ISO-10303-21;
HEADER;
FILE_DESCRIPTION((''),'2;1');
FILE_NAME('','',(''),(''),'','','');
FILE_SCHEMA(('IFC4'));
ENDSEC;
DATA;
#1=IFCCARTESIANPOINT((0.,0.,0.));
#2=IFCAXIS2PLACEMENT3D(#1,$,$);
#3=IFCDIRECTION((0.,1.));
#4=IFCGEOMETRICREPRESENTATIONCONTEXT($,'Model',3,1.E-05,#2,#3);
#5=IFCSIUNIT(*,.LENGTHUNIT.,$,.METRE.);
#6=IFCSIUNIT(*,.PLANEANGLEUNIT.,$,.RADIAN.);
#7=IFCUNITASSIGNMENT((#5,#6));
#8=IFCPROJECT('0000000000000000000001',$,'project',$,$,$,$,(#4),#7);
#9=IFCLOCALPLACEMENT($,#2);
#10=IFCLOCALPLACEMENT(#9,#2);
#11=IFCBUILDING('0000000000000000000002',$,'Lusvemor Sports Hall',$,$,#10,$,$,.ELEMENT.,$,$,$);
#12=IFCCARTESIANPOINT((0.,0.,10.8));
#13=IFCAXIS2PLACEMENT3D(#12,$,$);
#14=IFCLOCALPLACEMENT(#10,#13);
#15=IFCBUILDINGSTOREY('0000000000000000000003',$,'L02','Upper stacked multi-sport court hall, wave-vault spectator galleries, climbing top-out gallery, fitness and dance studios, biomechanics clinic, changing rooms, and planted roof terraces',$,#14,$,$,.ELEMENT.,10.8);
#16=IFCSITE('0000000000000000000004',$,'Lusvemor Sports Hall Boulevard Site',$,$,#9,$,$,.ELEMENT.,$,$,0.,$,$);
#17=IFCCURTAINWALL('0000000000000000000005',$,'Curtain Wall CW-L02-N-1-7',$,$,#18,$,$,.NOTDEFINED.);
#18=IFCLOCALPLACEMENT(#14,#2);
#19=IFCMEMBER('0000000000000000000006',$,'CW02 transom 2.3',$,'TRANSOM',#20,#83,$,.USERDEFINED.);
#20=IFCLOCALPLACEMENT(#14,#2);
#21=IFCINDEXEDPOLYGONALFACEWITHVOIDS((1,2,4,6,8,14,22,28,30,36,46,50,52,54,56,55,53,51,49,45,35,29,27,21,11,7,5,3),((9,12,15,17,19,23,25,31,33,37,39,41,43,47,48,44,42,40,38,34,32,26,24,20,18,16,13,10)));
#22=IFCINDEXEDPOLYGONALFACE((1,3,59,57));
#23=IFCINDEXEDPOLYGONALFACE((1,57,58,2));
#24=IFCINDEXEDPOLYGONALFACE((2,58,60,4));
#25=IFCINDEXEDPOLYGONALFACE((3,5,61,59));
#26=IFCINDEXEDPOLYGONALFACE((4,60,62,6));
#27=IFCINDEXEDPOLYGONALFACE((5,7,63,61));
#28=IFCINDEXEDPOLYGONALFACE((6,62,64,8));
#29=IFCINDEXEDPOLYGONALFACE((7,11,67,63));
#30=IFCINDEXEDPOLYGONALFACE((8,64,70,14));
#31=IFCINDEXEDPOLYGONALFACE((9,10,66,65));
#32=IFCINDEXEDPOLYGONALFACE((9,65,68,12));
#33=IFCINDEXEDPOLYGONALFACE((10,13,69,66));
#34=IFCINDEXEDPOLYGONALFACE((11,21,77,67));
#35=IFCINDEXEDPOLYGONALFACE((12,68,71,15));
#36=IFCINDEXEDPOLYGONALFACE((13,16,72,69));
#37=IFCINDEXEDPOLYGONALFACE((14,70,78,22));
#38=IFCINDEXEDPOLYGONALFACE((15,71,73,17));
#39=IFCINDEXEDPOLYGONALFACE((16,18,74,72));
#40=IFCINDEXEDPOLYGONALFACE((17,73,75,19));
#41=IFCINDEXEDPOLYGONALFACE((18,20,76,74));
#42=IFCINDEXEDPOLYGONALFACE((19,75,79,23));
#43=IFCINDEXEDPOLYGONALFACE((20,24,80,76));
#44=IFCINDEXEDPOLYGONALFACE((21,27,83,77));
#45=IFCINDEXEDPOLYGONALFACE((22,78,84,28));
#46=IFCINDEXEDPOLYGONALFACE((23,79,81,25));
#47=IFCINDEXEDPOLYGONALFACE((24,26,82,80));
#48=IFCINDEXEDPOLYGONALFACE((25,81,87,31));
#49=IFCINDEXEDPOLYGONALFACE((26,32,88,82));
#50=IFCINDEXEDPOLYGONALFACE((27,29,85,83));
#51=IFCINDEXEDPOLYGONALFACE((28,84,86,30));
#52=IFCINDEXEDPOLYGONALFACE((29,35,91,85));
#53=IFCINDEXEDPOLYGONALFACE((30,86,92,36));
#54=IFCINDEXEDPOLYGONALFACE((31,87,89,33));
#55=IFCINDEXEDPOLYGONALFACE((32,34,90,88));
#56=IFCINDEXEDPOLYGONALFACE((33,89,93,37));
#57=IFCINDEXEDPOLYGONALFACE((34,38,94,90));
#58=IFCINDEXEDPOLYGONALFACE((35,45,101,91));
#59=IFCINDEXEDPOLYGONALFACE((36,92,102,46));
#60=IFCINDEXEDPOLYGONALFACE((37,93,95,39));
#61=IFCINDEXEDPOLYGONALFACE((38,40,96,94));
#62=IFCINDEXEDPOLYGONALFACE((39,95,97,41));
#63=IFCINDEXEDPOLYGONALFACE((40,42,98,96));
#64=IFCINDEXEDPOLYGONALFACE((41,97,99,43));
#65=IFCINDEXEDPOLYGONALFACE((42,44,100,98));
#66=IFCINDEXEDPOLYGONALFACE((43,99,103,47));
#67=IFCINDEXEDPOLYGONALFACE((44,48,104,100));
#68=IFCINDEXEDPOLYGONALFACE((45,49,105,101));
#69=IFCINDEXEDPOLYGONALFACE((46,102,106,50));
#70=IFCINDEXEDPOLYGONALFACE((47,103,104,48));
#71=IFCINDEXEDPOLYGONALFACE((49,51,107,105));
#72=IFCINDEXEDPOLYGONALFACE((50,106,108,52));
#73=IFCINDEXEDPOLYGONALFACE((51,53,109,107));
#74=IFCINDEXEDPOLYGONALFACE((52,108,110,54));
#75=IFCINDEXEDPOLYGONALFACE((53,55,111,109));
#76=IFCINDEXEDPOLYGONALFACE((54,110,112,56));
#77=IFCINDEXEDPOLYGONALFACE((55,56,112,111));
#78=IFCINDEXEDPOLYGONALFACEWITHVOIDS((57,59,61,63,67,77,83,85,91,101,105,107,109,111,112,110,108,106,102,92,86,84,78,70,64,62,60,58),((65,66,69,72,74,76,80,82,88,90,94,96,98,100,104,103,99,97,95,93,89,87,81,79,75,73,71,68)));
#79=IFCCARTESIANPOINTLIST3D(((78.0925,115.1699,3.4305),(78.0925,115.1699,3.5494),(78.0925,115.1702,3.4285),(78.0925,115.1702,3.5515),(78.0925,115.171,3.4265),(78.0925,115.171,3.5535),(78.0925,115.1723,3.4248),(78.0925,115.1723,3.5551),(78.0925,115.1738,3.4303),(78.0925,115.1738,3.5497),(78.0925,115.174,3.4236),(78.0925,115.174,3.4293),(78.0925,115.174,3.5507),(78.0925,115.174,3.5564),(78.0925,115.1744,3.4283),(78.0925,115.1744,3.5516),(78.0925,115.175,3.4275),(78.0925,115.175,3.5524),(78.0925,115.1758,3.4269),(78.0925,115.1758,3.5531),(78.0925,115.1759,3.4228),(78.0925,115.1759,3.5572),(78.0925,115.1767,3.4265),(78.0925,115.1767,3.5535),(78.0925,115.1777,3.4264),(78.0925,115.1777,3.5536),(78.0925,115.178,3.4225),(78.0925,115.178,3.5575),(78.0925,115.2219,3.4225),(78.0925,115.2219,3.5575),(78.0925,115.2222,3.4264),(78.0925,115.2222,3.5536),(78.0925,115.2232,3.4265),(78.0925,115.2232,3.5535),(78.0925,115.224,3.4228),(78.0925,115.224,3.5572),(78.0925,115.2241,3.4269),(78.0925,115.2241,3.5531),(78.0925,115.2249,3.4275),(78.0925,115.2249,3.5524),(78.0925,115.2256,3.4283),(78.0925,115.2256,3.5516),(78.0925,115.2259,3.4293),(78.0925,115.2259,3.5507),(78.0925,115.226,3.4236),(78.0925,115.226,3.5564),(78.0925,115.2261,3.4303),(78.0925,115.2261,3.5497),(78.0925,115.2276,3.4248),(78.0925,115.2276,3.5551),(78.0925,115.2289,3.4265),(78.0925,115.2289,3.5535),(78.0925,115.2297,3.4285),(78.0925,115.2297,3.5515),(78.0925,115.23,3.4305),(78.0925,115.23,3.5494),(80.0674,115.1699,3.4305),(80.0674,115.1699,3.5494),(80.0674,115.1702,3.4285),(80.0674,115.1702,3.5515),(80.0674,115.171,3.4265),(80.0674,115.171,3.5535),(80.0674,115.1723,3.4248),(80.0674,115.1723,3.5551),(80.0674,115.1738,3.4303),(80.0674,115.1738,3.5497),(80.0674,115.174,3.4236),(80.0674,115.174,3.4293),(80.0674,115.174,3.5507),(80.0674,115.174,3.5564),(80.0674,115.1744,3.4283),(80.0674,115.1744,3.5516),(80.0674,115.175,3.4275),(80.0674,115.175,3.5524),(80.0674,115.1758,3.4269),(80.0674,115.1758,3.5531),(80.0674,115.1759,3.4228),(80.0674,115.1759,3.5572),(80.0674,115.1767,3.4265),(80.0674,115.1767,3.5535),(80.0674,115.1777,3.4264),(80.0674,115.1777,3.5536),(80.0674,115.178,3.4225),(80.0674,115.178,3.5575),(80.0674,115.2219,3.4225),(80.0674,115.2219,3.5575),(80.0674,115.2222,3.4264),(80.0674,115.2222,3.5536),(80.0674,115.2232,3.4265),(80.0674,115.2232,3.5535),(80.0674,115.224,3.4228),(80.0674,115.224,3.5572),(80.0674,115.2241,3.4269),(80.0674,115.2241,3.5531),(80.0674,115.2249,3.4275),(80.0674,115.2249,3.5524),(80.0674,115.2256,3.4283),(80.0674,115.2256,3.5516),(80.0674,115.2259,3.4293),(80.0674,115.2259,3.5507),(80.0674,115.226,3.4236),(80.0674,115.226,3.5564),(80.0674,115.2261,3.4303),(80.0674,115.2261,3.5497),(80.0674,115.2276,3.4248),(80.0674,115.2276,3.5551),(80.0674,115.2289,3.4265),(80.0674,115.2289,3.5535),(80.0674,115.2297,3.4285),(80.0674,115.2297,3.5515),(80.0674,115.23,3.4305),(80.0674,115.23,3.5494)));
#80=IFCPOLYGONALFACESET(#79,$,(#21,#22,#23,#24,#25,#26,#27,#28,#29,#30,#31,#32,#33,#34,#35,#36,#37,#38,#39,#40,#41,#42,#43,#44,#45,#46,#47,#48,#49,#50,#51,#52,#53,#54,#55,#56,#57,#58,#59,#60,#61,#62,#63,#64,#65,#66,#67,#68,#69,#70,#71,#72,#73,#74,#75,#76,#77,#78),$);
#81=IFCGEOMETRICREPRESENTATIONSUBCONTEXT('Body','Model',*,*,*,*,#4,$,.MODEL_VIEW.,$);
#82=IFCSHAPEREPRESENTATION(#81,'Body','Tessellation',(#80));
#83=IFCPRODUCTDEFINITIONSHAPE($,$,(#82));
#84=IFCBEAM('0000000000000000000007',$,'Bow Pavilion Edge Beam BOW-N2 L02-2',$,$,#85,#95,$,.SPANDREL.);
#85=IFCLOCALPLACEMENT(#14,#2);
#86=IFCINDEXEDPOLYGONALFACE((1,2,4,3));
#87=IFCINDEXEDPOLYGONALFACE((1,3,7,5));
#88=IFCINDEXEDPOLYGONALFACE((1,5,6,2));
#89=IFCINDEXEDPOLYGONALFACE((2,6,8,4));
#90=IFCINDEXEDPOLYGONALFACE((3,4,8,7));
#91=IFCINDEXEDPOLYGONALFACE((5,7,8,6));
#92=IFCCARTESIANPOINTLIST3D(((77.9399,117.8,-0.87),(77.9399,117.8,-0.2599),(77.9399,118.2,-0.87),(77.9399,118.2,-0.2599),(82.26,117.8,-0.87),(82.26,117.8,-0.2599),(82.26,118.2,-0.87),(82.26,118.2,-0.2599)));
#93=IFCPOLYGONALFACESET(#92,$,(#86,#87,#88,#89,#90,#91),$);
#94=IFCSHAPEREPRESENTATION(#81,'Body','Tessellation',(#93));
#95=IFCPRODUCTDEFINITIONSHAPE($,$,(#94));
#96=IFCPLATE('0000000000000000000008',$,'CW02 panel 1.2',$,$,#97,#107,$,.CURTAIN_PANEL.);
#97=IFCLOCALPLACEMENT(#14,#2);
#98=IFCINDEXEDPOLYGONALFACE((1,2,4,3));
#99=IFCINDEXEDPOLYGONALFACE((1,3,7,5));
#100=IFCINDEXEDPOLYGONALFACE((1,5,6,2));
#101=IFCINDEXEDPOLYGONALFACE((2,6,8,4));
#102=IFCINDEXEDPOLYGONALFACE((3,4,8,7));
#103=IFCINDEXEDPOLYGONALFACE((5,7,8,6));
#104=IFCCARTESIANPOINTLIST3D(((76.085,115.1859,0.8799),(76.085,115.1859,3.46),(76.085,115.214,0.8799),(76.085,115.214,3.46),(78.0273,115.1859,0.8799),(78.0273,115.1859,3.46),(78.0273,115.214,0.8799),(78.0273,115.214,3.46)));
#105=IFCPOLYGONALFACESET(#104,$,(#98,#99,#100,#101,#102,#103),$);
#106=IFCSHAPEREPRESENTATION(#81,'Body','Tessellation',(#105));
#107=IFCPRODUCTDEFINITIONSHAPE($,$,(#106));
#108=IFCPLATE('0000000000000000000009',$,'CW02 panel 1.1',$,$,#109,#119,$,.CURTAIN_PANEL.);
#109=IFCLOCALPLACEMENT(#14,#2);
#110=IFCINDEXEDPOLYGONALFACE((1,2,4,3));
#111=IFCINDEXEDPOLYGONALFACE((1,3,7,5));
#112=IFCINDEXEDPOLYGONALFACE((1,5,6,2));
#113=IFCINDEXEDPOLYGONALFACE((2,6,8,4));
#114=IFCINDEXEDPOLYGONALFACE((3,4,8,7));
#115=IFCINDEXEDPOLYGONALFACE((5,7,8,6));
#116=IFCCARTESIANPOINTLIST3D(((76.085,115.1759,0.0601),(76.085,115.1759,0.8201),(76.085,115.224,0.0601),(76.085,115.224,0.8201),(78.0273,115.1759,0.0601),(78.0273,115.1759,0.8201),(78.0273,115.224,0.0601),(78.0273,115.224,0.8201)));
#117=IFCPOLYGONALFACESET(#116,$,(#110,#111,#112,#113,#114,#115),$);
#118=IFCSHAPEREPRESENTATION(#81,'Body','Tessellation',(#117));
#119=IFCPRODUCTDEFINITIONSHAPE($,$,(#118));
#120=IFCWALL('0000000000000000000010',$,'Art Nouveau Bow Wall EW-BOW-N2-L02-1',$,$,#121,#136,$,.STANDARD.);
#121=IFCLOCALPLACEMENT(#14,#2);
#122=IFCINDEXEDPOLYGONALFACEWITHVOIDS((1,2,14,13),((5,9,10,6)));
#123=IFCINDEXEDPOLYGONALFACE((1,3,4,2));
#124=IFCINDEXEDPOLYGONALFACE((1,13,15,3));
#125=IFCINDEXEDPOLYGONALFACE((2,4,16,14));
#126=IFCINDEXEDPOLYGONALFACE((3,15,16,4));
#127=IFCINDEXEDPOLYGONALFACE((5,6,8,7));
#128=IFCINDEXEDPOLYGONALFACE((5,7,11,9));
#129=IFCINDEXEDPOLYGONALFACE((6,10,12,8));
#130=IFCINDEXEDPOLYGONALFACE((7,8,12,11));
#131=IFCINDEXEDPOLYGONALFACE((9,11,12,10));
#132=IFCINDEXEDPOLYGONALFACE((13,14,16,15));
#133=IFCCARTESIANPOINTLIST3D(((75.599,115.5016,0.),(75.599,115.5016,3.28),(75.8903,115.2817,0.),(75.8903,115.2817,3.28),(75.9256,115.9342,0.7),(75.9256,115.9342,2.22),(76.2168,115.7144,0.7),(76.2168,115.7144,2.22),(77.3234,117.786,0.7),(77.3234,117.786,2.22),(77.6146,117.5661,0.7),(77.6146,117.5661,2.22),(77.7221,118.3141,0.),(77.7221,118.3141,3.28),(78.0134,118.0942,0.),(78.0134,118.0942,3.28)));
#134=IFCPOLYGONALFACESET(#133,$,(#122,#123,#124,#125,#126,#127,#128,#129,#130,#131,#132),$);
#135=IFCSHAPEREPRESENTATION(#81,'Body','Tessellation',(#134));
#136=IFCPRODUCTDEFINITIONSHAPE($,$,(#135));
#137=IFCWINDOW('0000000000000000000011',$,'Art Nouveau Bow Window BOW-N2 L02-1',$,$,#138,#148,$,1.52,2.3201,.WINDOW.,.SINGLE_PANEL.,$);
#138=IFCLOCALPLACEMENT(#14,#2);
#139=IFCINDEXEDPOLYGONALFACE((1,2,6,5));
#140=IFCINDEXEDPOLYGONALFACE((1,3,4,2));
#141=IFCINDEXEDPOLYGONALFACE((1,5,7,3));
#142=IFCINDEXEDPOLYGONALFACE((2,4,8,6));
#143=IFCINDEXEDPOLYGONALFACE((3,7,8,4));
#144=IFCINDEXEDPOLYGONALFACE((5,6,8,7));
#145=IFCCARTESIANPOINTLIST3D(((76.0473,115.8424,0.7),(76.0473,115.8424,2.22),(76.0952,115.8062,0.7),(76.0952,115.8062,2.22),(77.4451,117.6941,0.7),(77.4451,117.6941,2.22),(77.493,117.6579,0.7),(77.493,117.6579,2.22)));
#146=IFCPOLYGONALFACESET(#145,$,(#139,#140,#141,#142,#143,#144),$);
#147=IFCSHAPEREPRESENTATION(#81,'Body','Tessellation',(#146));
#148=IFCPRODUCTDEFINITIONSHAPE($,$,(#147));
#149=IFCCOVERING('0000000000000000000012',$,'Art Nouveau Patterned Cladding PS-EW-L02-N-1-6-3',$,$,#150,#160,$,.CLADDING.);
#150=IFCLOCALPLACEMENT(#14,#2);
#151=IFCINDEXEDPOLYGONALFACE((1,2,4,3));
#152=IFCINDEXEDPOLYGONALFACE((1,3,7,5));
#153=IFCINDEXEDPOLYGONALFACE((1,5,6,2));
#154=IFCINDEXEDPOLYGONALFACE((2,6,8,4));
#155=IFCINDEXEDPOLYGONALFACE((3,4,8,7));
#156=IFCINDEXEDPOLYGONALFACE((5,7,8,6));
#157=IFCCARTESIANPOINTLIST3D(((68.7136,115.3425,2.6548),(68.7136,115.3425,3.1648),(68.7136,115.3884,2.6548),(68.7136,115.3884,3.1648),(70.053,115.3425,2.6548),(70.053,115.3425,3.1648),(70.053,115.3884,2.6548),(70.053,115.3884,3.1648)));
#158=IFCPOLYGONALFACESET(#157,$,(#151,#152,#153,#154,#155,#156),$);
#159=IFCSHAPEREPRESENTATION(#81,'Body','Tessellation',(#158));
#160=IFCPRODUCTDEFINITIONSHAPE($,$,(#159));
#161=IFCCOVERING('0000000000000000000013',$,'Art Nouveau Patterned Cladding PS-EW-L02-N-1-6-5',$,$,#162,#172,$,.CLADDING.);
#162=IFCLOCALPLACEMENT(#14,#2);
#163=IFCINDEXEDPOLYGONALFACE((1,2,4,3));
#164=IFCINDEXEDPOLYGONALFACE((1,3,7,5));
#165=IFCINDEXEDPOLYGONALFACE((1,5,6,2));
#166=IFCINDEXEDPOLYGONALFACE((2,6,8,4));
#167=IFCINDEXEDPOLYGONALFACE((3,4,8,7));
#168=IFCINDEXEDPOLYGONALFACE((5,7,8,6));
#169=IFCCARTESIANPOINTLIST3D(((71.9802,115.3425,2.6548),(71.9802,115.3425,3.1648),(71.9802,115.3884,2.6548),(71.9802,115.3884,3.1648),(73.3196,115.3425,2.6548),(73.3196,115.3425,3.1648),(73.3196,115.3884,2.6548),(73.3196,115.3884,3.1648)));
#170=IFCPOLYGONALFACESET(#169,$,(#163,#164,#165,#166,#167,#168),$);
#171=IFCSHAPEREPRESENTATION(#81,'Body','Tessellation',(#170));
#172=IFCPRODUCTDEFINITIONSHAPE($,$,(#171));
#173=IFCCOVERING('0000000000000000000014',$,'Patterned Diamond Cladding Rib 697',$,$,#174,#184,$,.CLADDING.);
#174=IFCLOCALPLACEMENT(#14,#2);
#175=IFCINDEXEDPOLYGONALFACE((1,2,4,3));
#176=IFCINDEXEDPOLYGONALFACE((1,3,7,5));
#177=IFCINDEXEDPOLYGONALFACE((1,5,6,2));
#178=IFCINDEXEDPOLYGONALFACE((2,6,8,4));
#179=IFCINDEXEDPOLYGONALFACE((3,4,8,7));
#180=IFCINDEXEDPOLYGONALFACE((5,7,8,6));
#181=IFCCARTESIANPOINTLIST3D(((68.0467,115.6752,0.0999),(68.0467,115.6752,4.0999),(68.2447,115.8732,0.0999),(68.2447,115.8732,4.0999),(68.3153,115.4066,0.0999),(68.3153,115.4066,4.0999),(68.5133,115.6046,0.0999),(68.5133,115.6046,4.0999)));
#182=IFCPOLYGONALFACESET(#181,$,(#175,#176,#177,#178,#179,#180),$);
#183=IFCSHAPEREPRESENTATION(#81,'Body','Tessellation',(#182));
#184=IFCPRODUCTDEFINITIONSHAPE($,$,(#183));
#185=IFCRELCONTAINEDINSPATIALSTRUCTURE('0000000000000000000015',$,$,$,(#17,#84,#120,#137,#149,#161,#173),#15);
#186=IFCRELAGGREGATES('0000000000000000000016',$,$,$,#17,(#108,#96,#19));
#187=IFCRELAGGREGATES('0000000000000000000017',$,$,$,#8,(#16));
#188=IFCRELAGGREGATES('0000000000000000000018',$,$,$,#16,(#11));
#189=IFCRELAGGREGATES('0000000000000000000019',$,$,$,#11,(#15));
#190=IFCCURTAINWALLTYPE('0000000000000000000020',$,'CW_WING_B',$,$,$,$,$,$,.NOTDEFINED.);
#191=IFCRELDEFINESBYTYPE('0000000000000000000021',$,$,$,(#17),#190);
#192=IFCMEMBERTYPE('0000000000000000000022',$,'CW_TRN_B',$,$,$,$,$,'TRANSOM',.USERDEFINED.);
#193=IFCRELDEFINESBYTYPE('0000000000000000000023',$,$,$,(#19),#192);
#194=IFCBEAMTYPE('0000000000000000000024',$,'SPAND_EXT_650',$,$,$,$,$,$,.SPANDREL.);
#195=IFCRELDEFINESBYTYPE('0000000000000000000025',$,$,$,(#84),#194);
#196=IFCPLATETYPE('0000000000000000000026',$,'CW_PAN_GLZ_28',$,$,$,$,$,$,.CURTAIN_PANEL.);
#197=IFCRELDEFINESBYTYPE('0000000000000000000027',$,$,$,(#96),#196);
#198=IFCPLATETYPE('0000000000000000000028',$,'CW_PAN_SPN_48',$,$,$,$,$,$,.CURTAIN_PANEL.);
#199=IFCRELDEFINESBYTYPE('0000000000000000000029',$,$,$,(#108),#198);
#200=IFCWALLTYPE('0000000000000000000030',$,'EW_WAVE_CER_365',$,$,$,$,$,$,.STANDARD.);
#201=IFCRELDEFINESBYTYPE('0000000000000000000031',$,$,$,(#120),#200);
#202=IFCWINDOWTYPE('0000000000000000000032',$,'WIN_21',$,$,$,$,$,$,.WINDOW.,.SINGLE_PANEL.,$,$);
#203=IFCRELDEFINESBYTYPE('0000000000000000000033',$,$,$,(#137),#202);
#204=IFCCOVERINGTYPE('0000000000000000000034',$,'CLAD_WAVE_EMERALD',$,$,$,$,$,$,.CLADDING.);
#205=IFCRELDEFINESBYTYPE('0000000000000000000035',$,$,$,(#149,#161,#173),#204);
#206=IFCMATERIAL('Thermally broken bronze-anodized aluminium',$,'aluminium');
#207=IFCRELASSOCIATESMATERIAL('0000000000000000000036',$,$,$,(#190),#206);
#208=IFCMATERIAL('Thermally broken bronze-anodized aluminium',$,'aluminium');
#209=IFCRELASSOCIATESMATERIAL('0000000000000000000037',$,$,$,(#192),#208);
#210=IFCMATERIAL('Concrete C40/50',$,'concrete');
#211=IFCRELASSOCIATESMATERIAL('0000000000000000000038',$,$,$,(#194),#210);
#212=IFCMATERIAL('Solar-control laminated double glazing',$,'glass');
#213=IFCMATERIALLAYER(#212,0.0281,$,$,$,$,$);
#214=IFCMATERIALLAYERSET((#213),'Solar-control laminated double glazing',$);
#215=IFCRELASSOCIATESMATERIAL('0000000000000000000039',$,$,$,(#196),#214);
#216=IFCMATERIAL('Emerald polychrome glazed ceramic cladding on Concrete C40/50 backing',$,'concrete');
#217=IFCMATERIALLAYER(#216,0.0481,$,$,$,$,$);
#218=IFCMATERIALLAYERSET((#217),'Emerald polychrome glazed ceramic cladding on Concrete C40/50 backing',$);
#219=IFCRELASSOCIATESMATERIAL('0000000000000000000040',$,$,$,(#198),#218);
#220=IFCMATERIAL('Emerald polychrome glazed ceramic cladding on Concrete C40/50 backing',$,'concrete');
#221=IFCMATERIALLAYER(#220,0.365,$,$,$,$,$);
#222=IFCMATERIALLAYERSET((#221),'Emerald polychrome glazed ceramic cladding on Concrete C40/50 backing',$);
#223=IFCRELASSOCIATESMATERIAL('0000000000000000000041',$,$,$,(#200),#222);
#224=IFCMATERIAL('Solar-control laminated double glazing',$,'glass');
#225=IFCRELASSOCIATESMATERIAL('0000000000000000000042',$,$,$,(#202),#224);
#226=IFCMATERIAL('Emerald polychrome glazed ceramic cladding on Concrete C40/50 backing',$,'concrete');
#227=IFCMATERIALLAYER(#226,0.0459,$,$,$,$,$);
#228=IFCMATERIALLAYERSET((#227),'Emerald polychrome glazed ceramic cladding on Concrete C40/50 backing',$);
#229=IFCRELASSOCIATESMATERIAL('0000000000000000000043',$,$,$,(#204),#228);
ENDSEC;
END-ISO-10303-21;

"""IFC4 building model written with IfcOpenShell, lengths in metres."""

from ifc_helpers import new_model, si_unit, direction, frame, frame_2d, origin, origin_2d, place, context, subcontext, project, spatial, rectangle, hollow_rectangle, extrude, material, layer, layer_set, material_profile, profile_set, type_object, element, fill, aggregate, save


model = new_model("IFC4")

# Units and contexts
model_context = context("Model", 3, precision=1e-05, world=origin(), true_north=direction((0.0, 1.0)))
body_context = subcontext(model_context, "Body", "Model", "MODEL_VIEW")
ifc_project = project(units=[si_unit("LENGTHUNIT", "METRE"), si_unit("PLANEANGLEUNIT", "RADIAN")], contexts=[model_context])

# Site, building, storey
site_placement = place(None, origin())
site = spatial("IfcSite", under=ifc_project, at=site_placement, Name="Lusvemor Sports Hall Boulevard Site", CompositionType="ELEMENT", RefElevation=0.0)
building_placement = place(site_placement, origin())
building = spatial("IfcBuilding", under=site, at=building_placement, Name="Lusvemor Sports Hall", CompositionType="ELEMENT")
storey_placement = place(building_placement, frame((0.0, 0.0, 10.8)))
storey = spatial("IfcBuildingStorey", under=building, at=storey_placement, Name="L02", Description="Upper stacked multi-sport court hall, wave-vault spectator galleries, climbing top-out gallery, fitness and dance studios, biomechanics clinic, changing rooms, and planted roof terraces", CompositionType="ELEMENT", Elevation=10.8)

# Curtain wall, member
ifc_material_1 = material(Name="Thermally broken bronze-anodized aluminium", Category="aluminium")
curtain_wall_type = type_object("IfcCurtainWallType", Name="CW_WING_B", PredefinedType="NOTDEFINED", material=ifc_material_1)
curtain_wall_placement = place(storey_placement, origin())
curtain_wall = element("IfcCurtainWall", 1, at=curtain_wall_placement, inside=storey, type_object=curtain_wall_type, Name="Curtain Wall CW-L02-N-1-7", PredefinedType="NOTDEFINED")
ifc_material_2 = material(Name="Thermally broken bronze-anodized aluminium", Category="aluminium")
ifc_material_profile_1 = material_profile(ifc_material_2, hollow_rectangle(XDim=0.0601, YDim=0.135, WallThickness=0.0039, InnerFilletRadius=0.0039, OuterFilletRadius=0.0081, at=origin_2d()), Name="CWTRN135x60x4")
ifc_profile_set_1 = profile_set([ifc_material_profile_1], Name="Thermally broken bronze-anodized aluminium")
member_type_1 = type_object("IfcMemberType", Name="CW_TRN_B", ElementType="TRANSOM", PredefinedType="USERDEFINED", material=ifc_profile_set_1)
member_1_placement = place(storey_placement, frame((78.0925, 115.2, 3.49), z_axis=(1.0, 0.0, 0.0), x_axis=(0.0, 1.0, 0.0)))
member_1 = element("IfcMember", 2, at=member_1_placement, type_object=member_type_1, Name="CW02 transom 2.3", ObjectType="TRANSOM", PredefinedType="USERDEFINED", context=body_context, shape_type="SweptSolid", body=[
    extrude(hollow_rectangle(XDim=0.0601, YDim=0.135, WallThickness=0.0039, InnerFilletRadius=0.0039, OuterFilletRadius=0.0081, at=origin_2d()), origin(), (0.0, 0.0, 1.0), 1.9749),
])

# Beam
ifc_material_3 = material(Name="Concrete C40/50", Category="concrete")
ifc_material_profile_2 = material_profile(ifc_material_3, rectangle(XDim=0.3999, YDim=0.6101, at=origin_2d()), Name="RC400x610")
ifc_profile_set_2 = profile_set([ifc_material_profile_2], Name="Concrete C40/50")
beam_type = type_object("IfcBeamType", Name="SPAND_EXT_650", PredefinedType="SPANDREL", material=ifc_profile_set_2)
beam_placement = place(storey_placement, frame((77.9399, 118.0, -0.5649), z_axis=(1.0, 0.0, 0.0), x_axis=(0.0, 1.0, 0.0)))
element("IfcBeam", 3, at=beam_placement, inside=storey, type_object=beam_type, Name="Bow Pavilion Edge Beam BOW-N2 L02-2", PredefinedType="SPANDREL", context=body_context, shape_type="SweptSolid", body=[
    extrude(rectangle(XDim=0.3999, YDim=0.6101, at=origin_2d()), origin(), (0.0, 0.0, 1.0), 4.3201),
])

# Plates
ifc_material_4 = material(Name="Solar-control laminated double glazing", Category="glass")
ifc_layer_1 = layer(ifc_material_4, 0.0281)
ifc_layer_set_1 = layer_set([ifc_layer_1], Name="Solar-control laminated double glazing")
plate_type_1 = type_object("IfcPlateType", Name="CW_PAN_GLZ_28", PredefinedType="CURTAIN_PANEL", material=ifc_layer_set_1)
plate_1_placement = place(storey_placement, frame((77.0562, 115.2, 0.8799), z_axis=(0.0, 0.0, 1.0), x_axis=(1.0, 0.0, 0.0)))
plate_1 = element("IfcPlate", 4, at=plate_1_placement, type_object=plate_type_1, Name="CW02 panel 1.2", PredefinedType="CURTAIN_PANEL", context=body_context, shape_type="SweptSolid", body=[
    extrude(rectangle(XDim=1.9424, YDim=0.0281, at=origin_2d()), origin(), (0.0, 0.0, 1.0), 2.5801),
])
ifc_material_5 = material(Name="Emerald polychrome glazed ceramic cladding on Concrete C40/50 backing", Category="concrete")
ifc_layer_2 = layer(ifc_material_5, 0.0481)
ifc_layer_set_2 = layer_set([ifc_layer_2], Name="Emerald polychrome glazed ceramic cladding on Concrete C40/50 backing")
plate_type_2 = type_object("IfcPlateType", Name="CW_PAN_SPN_48", PredefinedType="CURTAIN_PANEL", material=ifc_layer_set_2)
plate_2_placement = place(storey_placement, frame((77.0562, 115.2, 0.0601), z_axis=(0.0, 0.0, 1.0), x_axis=(1.0, 0.0, 0.0)))
plate_2 = element("IfcPlate", 5, at=plate_2_placement, type_object=plate_type_2, Name="CW02 panel 1.1", PredefinedType="CURTAIN_PANEL", context=body_context, shape_type="SweptSolid", body=[
    extrude(rectangle(XDim=1.9424, YDim=0.0481, at=origin_2d()), origin(), (0.0, 0.0, 1.0), 0.76),
])
aggregate(curtain_wall, [plate_2, plate_1, member_1])

# Wall, opening, window
ifc_material_6 = material(Name="Emerald polychrome glazed ceramic cladding on Concrete C40/50 backing", Category="concrete")
ifc_layer_3 = layer(ifc_material_6, 0.365)
ifc_layer_set_3 = layer_set([ifc_layer_3], Name="Emerald polychrome glazed ceramic cladding on Concrete C40/50 backing")
wall_type = type_object("IfcWallType", Name="EW_WAVE_CER_365", PredefinedType="STANDARD", material=ifc_layer_set_3)
wall_placement = place(storey_placement, frame((75.7446, 115.3916, 0.0), z_axis=(0.0, 0.0, 1.0), x_axis=(0.60248, 0.798134, 0.0)))
wall = element("IfcWall", 6, at=wall_placement, inside=storey, type_object=wall_type, Name="Art Nouveau Bow Wall EW-BOW-N2-L02-1", PredefinedType="STANDARD", context=body_context, shape_type="SweptSolid", body=[
    extrude(rectangle(XDim=3.5239, YDim=0.365, at=frame_2d((1.762, 0.0))), origin(), (0.0, 0.0, 1.0), 3.28),
])
opening_placement = place(wall_placement, frame((0.542, 0.0, 0.7)))
opening = element("IfcOpeningElement", 7, at=opening_placement, cuts=wall, PredefinedType="OPENING", context=body_context, shape_type="SweptSolid", body=[
    extrude(rectangle(XDim=2.3201, YDim=1.52, at=frame_2d((1.1602, 0.76))), frame((0.0, 0.1826, 0.0), z_axis=(0.0, -1.0, 0.0), x_axis=(1.0, 0.0, 0.0)), (0.0, 0.0, 1.0), 0.365),
])
ifc_material_7 = material(Name="Solar-control laminated double glazing", Category="glass")
window_type = type_object("IfcWindowType", Name="WIN_21", PartitioningType="SINGLE_PANEL", PredefinedType="WINDOW", material=ifc_material_7)
window_placement = place(opening_placement, origin())
window = element("IfcWindow", 8, at=window_placement, inside=storey, type_object=window_type, Name="Art Nouveau Bow Window BOW-N2 L02-1", OverallHeight=1.52, OverallWidth=2.3201, PartitioningType="SINGLE_PANEL", PredefinedType="WINDOW", context=body_context, shape_type="SweptSolid", body=[
    extrude(rectangle(XDim=2.3201, YDim=1.52, at=frame_2d((1.1602, 0.76))), frame((0.0, 0.03, 0.0), z_axis=(0.0, -1.0, 0.0), x_axis=(1.0, 0.0, 0.0)), (0.0, 0.0, 1.0), 0.0601),
])
fill(opening, window)

# Coverings
ifc_material_8 = material(Name="Emerald polychrome glazed ceramic cladding on Concrete C40/50 backing", Category="concrete")
ifc_layer_4 = layer(ifc_material_8, 0.0459)
ifc_layer_set_4 = layer_set([ifc_layer_4], Name="Emerald polychrome glazed ceramic cladding on Concrete C40/50 backing")
covering_type_1 = type_object("IfcCoveringType", Name="CLAD_WAVE_EMERALD", PredefinedType="CLADDING", material=ifc_layer_set_4)
for number, where, z_axis, x_axis, name in (
    (9, (69.3833, 115.3655, 2.6548), (0.0, 0.0, 1.0), (1.0, 0.0, 0.0), "Art Nouveau Patterned Cladding PS-EW-L02-N-1-6-3"),
    (10, (72.6499, 115.3655, 2.6548), (0.0, 0.0, 1.0), (1.0, 0.0, 0.0), "Art Nouveau Patterned Cladding PS-EW-L02-N-1-6-5"),
):
    element("IfcCovering", number, at=place(storey_placement, frame(where, z_axis=z_axis, x_axis=x_axis)), inside=storey, type_object=covering_type_1, Name=name, PredefinedType="CLADDING", context=body_context, shape_type="SweptSolid", body=[
        extrude(rectangle(XDim=1.3394, YDim=0.0459, at=origin_2d()), origin(), (0.0, 0.0, 1.0), 0.51),
    ])
for number, where, z_axis, x_axis, name in (
    (11, (68.28, 115.6399, 0.0999), (0.0, 0.0, 1.0), (0.707107, 0.707107, 0.0), "Patterned Diamond Cladding Rib 697"),
):
    element("IfcCovering", number, at=place(storey_placement, frame(where, z_axis=z_axis, x_axis=x_axis)), inside=storey, type_object=covering_type_1, Name=name, PredefinedType="CLADDING", context=body_context, shape_type="SweptSolid", body=[
        extrude(rectangle(XDim=0.28, YDim=0.3799, at=origin_2d()), origin(), (0.0, 0.0, 1.0), 4.0),
    ])

save(model, "model.ifc")
